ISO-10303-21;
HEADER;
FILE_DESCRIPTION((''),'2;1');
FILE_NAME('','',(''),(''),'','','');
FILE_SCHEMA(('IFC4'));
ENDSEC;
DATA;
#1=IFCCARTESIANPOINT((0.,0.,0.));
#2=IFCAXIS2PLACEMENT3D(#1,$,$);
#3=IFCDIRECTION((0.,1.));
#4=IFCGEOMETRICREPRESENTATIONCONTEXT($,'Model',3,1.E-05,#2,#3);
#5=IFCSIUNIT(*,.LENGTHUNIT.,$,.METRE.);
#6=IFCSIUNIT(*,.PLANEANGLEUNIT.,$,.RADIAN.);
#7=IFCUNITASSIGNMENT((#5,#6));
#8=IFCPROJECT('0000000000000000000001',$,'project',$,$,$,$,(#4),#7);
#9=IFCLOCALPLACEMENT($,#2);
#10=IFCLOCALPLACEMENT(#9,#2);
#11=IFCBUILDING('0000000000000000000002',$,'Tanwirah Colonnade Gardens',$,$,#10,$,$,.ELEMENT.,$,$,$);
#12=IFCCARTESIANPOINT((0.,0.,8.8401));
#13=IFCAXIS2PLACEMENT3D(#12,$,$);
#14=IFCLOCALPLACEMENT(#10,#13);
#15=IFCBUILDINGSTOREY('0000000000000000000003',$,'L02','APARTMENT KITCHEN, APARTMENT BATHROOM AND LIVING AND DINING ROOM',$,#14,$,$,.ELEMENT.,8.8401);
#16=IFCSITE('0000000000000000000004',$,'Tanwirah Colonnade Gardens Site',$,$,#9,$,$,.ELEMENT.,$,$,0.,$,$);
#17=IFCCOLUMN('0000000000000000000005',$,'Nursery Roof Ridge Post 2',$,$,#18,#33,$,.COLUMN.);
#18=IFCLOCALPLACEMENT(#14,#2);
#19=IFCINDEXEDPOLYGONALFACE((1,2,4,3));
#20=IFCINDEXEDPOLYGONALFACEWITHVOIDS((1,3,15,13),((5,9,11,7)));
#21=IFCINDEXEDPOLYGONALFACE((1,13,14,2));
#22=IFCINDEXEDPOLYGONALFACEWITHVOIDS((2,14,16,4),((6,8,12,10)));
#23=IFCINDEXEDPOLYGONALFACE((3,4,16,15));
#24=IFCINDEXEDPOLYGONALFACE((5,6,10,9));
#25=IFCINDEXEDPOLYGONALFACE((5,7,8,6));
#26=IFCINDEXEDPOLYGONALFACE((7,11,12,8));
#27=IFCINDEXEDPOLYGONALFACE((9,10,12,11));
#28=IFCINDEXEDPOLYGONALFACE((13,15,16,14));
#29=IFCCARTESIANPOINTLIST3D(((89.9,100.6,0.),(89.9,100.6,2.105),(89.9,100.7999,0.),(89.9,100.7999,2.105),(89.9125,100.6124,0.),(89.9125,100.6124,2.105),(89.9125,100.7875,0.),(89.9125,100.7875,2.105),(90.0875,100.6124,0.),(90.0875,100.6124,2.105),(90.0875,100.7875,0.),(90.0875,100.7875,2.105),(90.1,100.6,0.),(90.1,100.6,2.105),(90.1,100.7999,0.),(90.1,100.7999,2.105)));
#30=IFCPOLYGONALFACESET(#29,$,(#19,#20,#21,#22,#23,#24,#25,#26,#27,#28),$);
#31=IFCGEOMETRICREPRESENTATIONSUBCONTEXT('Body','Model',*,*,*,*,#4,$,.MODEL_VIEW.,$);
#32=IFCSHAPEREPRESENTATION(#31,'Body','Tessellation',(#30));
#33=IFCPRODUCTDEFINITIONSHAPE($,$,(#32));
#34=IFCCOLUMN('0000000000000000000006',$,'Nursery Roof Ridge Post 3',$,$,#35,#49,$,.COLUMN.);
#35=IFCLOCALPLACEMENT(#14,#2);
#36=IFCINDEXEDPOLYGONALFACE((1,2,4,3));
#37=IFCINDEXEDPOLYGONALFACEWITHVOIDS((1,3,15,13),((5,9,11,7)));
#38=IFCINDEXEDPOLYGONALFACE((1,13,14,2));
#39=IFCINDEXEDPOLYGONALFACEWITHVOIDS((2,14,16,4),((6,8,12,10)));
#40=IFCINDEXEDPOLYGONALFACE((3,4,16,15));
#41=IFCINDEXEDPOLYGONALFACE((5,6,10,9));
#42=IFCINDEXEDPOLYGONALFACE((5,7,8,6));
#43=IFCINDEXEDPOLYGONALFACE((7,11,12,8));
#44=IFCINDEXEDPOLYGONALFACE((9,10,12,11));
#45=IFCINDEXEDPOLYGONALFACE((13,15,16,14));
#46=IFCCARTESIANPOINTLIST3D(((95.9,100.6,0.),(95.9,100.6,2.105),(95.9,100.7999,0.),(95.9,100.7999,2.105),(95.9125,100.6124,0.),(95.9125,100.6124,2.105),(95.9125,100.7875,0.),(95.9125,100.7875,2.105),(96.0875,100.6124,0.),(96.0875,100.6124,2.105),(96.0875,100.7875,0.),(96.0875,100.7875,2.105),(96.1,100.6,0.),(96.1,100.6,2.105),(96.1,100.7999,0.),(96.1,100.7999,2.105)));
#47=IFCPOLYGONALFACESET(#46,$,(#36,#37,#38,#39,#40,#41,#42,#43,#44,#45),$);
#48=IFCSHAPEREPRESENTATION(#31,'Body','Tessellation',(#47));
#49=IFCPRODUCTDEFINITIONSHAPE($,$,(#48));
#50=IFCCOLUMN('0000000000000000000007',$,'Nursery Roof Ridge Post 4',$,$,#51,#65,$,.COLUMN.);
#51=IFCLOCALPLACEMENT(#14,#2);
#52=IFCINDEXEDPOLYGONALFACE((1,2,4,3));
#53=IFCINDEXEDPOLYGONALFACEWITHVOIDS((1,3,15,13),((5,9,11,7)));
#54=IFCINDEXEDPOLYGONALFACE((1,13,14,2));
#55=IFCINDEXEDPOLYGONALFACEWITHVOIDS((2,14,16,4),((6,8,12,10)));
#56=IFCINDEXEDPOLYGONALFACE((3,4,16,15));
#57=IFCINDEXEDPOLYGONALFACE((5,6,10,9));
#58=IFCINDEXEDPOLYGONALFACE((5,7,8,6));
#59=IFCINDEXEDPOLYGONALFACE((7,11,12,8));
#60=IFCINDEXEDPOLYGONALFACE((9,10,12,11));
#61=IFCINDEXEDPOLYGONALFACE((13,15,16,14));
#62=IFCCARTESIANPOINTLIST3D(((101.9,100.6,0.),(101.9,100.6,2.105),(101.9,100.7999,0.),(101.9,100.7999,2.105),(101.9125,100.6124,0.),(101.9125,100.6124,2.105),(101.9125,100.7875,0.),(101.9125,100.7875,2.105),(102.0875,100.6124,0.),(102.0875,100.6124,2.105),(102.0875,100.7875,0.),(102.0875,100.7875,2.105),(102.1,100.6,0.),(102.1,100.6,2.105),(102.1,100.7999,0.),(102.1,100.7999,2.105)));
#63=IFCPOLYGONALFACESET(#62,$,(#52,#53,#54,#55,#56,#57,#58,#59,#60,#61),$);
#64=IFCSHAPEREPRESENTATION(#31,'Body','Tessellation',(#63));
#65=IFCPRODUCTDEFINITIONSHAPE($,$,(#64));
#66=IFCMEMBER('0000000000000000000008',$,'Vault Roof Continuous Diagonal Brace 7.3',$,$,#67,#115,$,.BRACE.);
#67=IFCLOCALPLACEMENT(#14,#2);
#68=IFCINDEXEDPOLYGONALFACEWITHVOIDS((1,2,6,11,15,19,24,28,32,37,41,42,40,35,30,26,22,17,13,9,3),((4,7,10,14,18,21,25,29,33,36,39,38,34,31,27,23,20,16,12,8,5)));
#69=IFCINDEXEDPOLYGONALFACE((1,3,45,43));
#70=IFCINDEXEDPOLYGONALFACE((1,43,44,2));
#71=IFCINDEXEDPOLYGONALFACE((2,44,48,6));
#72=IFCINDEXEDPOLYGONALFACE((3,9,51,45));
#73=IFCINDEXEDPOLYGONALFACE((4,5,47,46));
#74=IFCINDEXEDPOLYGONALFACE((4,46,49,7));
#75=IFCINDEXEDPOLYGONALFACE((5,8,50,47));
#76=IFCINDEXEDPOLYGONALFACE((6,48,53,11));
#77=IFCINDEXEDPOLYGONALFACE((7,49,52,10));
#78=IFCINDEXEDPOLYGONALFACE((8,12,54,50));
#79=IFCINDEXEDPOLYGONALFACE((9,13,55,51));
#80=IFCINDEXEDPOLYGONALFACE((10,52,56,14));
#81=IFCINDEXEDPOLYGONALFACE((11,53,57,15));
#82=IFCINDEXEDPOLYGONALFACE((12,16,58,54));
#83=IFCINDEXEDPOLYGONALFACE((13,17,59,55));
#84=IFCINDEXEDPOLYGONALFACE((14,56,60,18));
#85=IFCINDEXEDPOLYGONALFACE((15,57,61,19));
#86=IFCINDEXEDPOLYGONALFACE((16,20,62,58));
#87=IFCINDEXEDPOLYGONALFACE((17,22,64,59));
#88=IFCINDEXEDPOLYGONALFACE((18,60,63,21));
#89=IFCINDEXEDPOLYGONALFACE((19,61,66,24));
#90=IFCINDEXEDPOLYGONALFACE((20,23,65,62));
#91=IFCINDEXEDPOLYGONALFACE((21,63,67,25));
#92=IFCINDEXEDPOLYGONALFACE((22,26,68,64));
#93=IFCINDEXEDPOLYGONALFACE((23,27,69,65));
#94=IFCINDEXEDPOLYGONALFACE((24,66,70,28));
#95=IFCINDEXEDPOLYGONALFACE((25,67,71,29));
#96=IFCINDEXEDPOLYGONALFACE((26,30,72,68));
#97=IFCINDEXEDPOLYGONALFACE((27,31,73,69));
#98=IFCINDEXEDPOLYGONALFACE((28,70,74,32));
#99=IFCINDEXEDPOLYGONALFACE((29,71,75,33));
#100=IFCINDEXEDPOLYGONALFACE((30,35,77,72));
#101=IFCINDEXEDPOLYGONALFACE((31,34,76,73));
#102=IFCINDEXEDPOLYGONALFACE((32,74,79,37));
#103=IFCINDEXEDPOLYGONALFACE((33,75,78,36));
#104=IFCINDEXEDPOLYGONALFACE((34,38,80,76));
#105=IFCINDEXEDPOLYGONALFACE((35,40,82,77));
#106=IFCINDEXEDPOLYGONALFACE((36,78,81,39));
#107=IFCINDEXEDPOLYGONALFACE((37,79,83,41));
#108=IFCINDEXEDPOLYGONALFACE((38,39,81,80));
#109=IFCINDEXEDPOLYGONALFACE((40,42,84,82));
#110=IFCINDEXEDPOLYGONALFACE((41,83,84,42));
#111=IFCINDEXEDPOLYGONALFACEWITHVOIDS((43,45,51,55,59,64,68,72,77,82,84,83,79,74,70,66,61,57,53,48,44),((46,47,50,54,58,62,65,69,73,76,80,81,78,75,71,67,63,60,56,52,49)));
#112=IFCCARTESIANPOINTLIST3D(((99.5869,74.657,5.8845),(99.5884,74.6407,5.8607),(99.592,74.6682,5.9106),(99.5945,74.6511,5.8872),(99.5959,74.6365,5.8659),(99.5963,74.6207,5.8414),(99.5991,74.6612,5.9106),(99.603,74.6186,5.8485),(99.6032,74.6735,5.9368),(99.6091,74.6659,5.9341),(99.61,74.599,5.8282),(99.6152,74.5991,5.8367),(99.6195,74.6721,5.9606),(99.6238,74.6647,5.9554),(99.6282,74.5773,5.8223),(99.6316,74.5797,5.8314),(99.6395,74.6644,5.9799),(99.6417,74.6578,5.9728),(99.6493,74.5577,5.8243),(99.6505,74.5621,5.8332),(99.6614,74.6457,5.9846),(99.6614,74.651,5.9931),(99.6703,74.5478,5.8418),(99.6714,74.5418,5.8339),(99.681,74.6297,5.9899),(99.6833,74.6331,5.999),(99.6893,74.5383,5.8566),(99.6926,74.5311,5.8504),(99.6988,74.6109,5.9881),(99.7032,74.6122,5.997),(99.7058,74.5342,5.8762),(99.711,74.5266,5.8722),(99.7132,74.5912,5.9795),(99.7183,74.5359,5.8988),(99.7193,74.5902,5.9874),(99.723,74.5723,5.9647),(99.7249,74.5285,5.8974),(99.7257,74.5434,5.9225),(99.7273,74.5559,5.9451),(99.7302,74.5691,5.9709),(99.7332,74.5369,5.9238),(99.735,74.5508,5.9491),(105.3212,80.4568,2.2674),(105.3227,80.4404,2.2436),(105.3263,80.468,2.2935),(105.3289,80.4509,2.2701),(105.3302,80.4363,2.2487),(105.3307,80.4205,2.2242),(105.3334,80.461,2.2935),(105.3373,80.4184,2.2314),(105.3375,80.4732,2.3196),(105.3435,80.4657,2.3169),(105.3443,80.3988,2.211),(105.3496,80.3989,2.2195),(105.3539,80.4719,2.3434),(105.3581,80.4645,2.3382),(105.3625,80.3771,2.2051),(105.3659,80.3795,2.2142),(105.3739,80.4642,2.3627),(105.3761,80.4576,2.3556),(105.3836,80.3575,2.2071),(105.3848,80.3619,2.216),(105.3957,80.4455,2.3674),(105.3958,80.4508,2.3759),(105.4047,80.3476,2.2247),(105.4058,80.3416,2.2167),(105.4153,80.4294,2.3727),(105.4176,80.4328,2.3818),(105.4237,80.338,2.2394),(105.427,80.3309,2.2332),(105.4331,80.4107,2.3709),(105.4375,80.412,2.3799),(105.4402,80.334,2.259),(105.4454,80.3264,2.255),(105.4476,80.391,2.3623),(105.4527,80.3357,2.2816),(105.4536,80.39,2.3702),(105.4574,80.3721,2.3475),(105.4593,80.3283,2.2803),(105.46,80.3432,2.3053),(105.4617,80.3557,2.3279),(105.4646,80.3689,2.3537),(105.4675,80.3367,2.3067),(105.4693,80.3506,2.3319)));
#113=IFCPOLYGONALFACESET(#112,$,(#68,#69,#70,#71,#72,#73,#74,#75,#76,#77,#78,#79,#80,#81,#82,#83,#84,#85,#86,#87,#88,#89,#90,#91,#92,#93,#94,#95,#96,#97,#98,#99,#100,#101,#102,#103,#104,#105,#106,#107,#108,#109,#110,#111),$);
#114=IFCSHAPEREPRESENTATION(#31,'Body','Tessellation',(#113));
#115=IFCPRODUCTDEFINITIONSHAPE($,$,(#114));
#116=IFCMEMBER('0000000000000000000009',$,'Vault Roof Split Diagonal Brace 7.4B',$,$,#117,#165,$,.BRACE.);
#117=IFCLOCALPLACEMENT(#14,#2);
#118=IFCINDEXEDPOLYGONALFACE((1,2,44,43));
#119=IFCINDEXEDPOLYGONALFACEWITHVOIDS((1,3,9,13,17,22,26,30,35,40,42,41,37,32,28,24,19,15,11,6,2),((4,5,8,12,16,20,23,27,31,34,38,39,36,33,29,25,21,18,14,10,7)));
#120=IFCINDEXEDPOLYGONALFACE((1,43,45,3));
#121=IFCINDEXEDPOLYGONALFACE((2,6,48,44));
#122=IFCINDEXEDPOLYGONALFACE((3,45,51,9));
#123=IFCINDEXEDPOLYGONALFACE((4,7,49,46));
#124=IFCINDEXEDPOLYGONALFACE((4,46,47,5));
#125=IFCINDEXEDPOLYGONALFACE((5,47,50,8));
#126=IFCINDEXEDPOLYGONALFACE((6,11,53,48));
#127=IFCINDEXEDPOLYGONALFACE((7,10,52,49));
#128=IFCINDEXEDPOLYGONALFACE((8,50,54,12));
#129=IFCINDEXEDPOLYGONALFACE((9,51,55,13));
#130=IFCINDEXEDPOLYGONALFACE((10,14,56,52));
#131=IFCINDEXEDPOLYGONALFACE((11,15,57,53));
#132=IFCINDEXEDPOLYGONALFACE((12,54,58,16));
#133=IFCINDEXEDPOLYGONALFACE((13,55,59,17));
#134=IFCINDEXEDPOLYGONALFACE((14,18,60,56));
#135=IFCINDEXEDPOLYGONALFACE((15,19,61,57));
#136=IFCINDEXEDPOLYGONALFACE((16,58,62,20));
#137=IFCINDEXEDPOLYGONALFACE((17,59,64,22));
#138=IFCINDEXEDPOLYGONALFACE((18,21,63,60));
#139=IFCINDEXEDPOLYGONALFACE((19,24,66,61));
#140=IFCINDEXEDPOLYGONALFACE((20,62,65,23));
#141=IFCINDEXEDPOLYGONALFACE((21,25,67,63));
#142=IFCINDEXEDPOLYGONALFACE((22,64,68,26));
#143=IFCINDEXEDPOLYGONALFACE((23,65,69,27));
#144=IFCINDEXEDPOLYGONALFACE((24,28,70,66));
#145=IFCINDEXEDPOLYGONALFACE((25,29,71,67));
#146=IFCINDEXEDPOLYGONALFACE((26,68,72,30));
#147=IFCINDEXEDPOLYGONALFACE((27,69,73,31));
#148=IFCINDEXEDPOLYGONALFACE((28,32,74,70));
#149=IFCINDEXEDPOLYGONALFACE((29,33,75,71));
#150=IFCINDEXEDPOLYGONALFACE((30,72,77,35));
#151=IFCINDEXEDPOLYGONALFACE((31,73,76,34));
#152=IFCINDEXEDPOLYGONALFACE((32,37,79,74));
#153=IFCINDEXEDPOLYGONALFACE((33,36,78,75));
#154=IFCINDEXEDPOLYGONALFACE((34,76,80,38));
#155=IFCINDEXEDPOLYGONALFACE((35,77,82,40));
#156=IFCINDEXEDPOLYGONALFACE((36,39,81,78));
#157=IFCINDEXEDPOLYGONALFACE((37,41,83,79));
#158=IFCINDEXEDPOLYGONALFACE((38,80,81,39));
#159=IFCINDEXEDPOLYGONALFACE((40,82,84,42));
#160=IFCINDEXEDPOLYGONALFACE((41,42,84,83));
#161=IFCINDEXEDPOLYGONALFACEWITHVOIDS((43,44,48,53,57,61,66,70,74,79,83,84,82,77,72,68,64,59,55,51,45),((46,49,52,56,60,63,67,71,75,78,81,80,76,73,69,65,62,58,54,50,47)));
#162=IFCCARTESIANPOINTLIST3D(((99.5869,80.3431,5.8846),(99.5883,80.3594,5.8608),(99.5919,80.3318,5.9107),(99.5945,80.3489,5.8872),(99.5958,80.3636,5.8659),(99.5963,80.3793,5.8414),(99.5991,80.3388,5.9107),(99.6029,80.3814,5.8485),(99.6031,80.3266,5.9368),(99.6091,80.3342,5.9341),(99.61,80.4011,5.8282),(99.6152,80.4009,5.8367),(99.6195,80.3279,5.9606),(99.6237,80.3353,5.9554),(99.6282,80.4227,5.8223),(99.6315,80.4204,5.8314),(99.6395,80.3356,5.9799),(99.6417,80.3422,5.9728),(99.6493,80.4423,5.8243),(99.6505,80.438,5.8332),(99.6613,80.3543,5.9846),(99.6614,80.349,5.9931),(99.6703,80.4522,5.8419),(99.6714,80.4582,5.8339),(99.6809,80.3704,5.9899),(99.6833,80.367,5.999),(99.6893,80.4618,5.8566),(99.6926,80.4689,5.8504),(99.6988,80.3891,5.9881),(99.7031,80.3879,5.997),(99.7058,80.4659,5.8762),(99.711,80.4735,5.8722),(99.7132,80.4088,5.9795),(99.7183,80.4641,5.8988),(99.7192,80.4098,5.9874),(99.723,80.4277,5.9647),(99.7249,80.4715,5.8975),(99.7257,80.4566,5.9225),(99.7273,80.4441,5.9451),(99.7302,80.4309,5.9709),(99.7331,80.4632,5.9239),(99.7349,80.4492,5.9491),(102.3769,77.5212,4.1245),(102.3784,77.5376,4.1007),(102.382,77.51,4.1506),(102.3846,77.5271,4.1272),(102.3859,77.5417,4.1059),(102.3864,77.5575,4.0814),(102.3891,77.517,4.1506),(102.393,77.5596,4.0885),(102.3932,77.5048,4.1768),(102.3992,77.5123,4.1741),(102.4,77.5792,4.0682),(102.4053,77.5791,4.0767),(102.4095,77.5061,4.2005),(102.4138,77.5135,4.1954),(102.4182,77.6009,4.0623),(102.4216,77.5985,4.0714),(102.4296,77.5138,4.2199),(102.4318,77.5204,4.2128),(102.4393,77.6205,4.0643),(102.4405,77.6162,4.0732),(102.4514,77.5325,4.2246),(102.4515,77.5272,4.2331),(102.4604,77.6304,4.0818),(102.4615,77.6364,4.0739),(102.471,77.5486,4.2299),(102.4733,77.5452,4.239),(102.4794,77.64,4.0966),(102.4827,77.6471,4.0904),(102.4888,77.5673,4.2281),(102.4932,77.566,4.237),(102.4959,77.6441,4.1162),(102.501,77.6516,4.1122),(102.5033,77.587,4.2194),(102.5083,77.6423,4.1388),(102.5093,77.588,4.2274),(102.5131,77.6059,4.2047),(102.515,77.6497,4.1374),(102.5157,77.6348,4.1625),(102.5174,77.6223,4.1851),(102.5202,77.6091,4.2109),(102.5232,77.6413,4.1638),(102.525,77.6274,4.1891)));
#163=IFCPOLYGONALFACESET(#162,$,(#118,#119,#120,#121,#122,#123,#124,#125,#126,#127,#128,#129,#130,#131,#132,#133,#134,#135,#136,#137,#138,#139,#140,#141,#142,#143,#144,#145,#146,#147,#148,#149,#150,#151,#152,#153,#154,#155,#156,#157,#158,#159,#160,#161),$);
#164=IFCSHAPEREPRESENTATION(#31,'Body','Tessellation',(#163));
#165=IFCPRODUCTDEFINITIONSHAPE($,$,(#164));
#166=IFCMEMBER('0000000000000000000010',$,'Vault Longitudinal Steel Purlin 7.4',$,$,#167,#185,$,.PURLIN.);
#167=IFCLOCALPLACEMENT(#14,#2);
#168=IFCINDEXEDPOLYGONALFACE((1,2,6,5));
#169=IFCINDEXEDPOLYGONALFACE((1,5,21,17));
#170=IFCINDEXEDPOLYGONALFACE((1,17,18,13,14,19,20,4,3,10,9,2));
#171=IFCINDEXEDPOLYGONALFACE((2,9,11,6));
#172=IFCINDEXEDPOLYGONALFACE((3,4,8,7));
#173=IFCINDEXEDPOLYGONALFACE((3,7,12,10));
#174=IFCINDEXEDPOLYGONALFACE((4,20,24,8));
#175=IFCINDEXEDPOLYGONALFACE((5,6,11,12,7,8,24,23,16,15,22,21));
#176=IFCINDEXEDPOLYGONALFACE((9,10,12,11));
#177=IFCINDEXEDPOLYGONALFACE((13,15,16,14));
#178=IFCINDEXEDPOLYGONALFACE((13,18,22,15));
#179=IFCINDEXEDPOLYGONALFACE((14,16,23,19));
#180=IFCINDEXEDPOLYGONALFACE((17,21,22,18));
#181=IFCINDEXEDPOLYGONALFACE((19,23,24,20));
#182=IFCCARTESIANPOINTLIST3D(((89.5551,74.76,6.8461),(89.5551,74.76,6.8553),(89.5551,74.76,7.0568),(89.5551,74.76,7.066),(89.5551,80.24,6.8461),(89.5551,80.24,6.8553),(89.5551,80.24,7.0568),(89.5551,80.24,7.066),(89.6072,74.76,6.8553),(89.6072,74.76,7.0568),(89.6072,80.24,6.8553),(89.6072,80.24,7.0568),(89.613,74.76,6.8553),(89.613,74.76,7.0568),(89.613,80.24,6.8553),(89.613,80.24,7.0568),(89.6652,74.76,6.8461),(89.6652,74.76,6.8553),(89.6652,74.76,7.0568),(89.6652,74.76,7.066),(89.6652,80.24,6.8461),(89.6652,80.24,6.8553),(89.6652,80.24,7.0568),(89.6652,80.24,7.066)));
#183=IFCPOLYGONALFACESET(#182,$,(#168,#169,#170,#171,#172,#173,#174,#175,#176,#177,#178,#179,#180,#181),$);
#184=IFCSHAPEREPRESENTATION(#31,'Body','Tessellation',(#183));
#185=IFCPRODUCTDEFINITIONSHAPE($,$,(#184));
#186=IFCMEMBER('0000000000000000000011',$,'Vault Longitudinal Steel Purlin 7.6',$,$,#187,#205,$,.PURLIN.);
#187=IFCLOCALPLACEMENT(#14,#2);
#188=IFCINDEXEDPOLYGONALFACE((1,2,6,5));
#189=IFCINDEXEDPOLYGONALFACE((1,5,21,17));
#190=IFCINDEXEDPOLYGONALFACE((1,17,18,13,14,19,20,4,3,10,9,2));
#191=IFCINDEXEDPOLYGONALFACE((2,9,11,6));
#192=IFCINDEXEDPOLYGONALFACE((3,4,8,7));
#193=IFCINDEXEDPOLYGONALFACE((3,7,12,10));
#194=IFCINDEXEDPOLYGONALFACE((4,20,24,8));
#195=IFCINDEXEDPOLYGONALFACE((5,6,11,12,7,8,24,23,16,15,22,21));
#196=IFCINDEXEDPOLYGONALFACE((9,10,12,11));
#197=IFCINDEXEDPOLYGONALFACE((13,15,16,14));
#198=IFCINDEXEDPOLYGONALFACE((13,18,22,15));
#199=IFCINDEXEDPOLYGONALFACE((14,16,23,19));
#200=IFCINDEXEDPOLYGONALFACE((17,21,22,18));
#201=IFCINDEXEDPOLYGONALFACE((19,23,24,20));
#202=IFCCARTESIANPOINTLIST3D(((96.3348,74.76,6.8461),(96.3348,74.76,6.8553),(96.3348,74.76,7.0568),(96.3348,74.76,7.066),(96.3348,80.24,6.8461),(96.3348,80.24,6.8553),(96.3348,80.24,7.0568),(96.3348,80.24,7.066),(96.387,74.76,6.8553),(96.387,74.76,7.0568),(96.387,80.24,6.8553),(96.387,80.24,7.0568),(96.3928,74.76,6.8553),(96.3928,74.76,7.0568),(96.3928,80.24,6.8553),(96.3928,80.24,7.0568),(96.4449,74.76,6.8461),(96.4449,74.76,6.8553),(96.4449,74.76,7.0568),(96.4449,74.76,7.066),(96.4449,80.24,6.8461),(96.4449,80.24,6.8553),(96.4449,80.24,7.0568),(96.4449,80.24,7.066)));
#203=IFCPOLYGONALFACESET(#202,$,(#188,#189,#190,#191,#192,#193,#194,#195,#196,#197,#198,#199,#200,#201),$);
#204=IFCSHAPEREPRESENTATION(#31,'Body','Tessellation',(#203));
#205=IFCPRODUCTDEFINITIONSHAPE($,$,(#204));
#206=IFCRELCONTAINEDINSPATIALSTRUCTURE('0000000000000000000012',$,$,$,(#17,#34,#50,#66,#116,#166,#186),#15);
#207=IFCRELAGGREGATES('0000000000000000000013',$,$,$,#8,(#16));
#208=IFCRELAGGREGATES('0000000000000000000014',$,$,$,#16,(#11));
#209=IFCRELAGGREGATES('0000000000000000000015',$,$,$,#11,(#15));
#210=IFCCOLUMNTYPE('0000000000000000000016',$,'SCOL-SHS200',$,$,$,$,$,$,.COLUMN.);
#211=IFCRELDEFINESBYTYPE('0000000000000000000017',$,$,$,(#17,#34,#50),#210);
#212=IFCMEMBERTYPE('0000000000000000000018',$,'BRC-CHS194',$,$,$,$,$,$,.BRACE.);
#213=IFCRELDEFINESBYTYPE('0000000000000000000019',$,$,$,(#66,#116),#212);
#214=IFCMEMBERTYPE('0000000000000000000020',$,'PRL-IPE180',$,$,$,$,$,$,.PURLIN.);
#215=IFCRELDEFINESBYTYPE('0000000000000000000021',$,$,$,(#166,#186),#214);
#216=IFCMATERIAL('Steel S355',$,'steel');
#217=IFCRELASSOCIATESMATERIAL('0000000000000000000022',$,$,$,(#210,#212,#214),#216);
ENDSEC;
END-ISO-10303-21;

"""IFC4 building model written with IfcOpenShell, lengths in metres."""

from ifc_helpers import new_model, si_unit, direction, frame, origin, origin_2d, place, context, subcontext, project, spatial, hollow_rectangle, hollow_circle, i_section, extrude, material, material_profile, profile_set, type_object, element, save


model = new_model("IFC4")

# Units and contexts
model_context = context("Model", 3, precision=1e-05, world=origin(), true_north=direction((0.0, 1.0)))
body_context = subcontext(model_context, "Body", "Model", "MODEL_VIEW")
ifc_project = project(units=[si_unit("LENGTHUNIT", "METRE"), si_unit("PLANEANGLEUNIT", "RADIAN")], contexts=[model_context])

# Site, building, storey
site_placement = place(None, origin())
site = spatial("IfcSite", under=ifc_project, at=site_placement, Name="Tanwirah Colonnade Gardens Site", CompositionType="ELEMENT", RefElevation=0.0)
building_placement = place(site_placement, origin())
building = spatial("IfcBuilding", under=site, at=building_placement, Name="Tanwirah Colonnade Gardens", CompositionType="ELEMENT")
storey_placement = place(building_placement, frame((0.0, 0.0, 8.8401)))
storey = spatial("IfcBuildingStorey", under=building, at=storey_placement, Name="L02", Description="APARTMENT KITCHEN, APARTMENT BATHROOM AND LIVING AND DINING ROOM", CompositionType="ELEMENT", Elevation=8.8401)

# Columns
ifc_material_1 = material(Name="Steel S355", Category="steel")
ifc_material_profile_1 = material_profile(ifc_material_1, hollow_rectangle(XDim=0.2, YDim=0.2, WallThickness=0.0125, at=origin_2d()), Name="SHS 200x200x12.5")
ifc_profile_set_1 = profile_set([ifc_material_profile_1], Name="Steel S355")
column_type = type_object("IfcColumnType", Name="SCOL-SHS200", PredefinedType="COLUMN", material=ifc_profile_set_1)
for number, where, z_axis, x_axis, name in (
    (1, (90.0, 100.7, 0.0), (0.0, 0.0, 1.0), (1.0, 0.0, 0.0), "Nursery Roof Ridge Post 2"),
    (2, (96.0, 100.7, 0.0), (0.0, 0.0, 1.0), (1.0, 0.0, 0.0), "Nursery Roof Ridge Post 3"),
    (3, (102.0, 100.7, 0.0), (0.0, 0.0, 1.0), (1.0, 0.0, 0.0), "Nursery Roof Ridge Post 4"),
):
    element("IfcColumn", number, at=place(storey_placement, frame(where, z_axis=z_axis, x_axis=x_axis)), inside=storey, type_object=column_type, Name=name, PredefinedType="COLUMN", context=body_context, shape_type="SweptSolid", body=[
        extrude(hollow_rectangle(XDim=0.2, YDim=0.2, WallThickness=0.0125, at=origin_2d()), origin(), (0.0, 0.0, 1.0), 2.105),
    ])

# Members
ifc_material_profile_2 = material_profile(ifc_material_1, hollow_circle(Radius=0.0969, WallThickness=0.01, at=origin_2d()), Name="CHS 193.7x10")
ifc_profile_set_2 = profile_set([ifc_material_profile_2], Name="Steel S355")
member_type_1 = type_object("IfcMemberType", Name="BRC-CHS194", PredefinedType="BRACE", material=ifc_profile_set_2)
member_1_placement = place(storey_placement, frame((99.6609, 74.6001, 5.9106), z_axis=(0.642712, 0.650045, -0.405416), x_axis=(-0.711107, 0.703084, 0.0)))
element("IfcMember", 4, at=member_1_placement, inside=storey, type_object=member_type_1, Name="Vault Roof Continuous Diagonal Brace 7.3", PredefinedType="BRACE", context=body_context, shape_type="SweptSolid", body=[
    extrude(hollow_circle(Radius=0.0969, WallThickness=0.01, at=origin_2d()), origin(), (0.0, 0.0, 1.0), 8.9221),
])
member_2_placement = place(storey_placement, frame((102.4509, 77.5781, 4.1506), z_axis=(-0.642716, 0.650028, 0.405438), x_axis=(-0.711095, -0.703096, 0.0)))
element("IfcMember", 5, at=member_2_placement, inside=storey, type_object=member_type_1, Name="Vault Roof Split Diagonal Brace 7.4B", PredefinedType="BRACE", context=body_context, shape_type="SweptSolid", body=[
    extrude(hollow_circle(Radius=0.0969, WallThickness=0.01, at=origin_2d()), origin(), (0.0, 0.0, 1.0), 4.3411),
])
ifc_material_profile_3 = material_profile(ifc_material_1, i_section(OverallWidth=0.1101, OverallDepth=0.22, WebThickness=0.0059, FlangeThickness=0.0093, at=origin_2d()), Name="IPE 220")
ifc_profile_set_3 = profile_set([ifc_material_profile_3], Name="Steel S355")
member_type_2 = type_object("IfcMemberType", Name="PRL-IPE180", PredefinedType="PURLIN", material=ifc_profile_set_3)
for number, where, z_axis, x_axis, name in (
    (6, (89.6101, 74.76, 6.9561), (0.0, 1.0, 0.0), (-1.0, 0.0, 0.0), "Vault Longitudinal Steel Purlin 7.4"),
    (7, (96.3899, 74.76, 6.9561), (0.0, 1.0, 0.0), (-1.0, 0.0, 0.0), "Vault Longitudinal Steel Purlin 7.6"),
):
    element("IfcMember", number, at=place(storey_placement, frame(where, z_axis=z_axis, x_axis=x_axis)), inside=storey, type_object=member_type_2, Name=name, PredefinedType="PURLIN", context=body_context, shape_type="SweptSolid", body=[
        extrude(i_section(OverallWidth=0.1101, OverallDepth=0.22, WebThickness=0.0059, FlangeThickness=0.0093, at=origin_2d()), origin(), (0.0, 0.0, 1.0), 5.48),
    ])

save(model, "model.ifc")
